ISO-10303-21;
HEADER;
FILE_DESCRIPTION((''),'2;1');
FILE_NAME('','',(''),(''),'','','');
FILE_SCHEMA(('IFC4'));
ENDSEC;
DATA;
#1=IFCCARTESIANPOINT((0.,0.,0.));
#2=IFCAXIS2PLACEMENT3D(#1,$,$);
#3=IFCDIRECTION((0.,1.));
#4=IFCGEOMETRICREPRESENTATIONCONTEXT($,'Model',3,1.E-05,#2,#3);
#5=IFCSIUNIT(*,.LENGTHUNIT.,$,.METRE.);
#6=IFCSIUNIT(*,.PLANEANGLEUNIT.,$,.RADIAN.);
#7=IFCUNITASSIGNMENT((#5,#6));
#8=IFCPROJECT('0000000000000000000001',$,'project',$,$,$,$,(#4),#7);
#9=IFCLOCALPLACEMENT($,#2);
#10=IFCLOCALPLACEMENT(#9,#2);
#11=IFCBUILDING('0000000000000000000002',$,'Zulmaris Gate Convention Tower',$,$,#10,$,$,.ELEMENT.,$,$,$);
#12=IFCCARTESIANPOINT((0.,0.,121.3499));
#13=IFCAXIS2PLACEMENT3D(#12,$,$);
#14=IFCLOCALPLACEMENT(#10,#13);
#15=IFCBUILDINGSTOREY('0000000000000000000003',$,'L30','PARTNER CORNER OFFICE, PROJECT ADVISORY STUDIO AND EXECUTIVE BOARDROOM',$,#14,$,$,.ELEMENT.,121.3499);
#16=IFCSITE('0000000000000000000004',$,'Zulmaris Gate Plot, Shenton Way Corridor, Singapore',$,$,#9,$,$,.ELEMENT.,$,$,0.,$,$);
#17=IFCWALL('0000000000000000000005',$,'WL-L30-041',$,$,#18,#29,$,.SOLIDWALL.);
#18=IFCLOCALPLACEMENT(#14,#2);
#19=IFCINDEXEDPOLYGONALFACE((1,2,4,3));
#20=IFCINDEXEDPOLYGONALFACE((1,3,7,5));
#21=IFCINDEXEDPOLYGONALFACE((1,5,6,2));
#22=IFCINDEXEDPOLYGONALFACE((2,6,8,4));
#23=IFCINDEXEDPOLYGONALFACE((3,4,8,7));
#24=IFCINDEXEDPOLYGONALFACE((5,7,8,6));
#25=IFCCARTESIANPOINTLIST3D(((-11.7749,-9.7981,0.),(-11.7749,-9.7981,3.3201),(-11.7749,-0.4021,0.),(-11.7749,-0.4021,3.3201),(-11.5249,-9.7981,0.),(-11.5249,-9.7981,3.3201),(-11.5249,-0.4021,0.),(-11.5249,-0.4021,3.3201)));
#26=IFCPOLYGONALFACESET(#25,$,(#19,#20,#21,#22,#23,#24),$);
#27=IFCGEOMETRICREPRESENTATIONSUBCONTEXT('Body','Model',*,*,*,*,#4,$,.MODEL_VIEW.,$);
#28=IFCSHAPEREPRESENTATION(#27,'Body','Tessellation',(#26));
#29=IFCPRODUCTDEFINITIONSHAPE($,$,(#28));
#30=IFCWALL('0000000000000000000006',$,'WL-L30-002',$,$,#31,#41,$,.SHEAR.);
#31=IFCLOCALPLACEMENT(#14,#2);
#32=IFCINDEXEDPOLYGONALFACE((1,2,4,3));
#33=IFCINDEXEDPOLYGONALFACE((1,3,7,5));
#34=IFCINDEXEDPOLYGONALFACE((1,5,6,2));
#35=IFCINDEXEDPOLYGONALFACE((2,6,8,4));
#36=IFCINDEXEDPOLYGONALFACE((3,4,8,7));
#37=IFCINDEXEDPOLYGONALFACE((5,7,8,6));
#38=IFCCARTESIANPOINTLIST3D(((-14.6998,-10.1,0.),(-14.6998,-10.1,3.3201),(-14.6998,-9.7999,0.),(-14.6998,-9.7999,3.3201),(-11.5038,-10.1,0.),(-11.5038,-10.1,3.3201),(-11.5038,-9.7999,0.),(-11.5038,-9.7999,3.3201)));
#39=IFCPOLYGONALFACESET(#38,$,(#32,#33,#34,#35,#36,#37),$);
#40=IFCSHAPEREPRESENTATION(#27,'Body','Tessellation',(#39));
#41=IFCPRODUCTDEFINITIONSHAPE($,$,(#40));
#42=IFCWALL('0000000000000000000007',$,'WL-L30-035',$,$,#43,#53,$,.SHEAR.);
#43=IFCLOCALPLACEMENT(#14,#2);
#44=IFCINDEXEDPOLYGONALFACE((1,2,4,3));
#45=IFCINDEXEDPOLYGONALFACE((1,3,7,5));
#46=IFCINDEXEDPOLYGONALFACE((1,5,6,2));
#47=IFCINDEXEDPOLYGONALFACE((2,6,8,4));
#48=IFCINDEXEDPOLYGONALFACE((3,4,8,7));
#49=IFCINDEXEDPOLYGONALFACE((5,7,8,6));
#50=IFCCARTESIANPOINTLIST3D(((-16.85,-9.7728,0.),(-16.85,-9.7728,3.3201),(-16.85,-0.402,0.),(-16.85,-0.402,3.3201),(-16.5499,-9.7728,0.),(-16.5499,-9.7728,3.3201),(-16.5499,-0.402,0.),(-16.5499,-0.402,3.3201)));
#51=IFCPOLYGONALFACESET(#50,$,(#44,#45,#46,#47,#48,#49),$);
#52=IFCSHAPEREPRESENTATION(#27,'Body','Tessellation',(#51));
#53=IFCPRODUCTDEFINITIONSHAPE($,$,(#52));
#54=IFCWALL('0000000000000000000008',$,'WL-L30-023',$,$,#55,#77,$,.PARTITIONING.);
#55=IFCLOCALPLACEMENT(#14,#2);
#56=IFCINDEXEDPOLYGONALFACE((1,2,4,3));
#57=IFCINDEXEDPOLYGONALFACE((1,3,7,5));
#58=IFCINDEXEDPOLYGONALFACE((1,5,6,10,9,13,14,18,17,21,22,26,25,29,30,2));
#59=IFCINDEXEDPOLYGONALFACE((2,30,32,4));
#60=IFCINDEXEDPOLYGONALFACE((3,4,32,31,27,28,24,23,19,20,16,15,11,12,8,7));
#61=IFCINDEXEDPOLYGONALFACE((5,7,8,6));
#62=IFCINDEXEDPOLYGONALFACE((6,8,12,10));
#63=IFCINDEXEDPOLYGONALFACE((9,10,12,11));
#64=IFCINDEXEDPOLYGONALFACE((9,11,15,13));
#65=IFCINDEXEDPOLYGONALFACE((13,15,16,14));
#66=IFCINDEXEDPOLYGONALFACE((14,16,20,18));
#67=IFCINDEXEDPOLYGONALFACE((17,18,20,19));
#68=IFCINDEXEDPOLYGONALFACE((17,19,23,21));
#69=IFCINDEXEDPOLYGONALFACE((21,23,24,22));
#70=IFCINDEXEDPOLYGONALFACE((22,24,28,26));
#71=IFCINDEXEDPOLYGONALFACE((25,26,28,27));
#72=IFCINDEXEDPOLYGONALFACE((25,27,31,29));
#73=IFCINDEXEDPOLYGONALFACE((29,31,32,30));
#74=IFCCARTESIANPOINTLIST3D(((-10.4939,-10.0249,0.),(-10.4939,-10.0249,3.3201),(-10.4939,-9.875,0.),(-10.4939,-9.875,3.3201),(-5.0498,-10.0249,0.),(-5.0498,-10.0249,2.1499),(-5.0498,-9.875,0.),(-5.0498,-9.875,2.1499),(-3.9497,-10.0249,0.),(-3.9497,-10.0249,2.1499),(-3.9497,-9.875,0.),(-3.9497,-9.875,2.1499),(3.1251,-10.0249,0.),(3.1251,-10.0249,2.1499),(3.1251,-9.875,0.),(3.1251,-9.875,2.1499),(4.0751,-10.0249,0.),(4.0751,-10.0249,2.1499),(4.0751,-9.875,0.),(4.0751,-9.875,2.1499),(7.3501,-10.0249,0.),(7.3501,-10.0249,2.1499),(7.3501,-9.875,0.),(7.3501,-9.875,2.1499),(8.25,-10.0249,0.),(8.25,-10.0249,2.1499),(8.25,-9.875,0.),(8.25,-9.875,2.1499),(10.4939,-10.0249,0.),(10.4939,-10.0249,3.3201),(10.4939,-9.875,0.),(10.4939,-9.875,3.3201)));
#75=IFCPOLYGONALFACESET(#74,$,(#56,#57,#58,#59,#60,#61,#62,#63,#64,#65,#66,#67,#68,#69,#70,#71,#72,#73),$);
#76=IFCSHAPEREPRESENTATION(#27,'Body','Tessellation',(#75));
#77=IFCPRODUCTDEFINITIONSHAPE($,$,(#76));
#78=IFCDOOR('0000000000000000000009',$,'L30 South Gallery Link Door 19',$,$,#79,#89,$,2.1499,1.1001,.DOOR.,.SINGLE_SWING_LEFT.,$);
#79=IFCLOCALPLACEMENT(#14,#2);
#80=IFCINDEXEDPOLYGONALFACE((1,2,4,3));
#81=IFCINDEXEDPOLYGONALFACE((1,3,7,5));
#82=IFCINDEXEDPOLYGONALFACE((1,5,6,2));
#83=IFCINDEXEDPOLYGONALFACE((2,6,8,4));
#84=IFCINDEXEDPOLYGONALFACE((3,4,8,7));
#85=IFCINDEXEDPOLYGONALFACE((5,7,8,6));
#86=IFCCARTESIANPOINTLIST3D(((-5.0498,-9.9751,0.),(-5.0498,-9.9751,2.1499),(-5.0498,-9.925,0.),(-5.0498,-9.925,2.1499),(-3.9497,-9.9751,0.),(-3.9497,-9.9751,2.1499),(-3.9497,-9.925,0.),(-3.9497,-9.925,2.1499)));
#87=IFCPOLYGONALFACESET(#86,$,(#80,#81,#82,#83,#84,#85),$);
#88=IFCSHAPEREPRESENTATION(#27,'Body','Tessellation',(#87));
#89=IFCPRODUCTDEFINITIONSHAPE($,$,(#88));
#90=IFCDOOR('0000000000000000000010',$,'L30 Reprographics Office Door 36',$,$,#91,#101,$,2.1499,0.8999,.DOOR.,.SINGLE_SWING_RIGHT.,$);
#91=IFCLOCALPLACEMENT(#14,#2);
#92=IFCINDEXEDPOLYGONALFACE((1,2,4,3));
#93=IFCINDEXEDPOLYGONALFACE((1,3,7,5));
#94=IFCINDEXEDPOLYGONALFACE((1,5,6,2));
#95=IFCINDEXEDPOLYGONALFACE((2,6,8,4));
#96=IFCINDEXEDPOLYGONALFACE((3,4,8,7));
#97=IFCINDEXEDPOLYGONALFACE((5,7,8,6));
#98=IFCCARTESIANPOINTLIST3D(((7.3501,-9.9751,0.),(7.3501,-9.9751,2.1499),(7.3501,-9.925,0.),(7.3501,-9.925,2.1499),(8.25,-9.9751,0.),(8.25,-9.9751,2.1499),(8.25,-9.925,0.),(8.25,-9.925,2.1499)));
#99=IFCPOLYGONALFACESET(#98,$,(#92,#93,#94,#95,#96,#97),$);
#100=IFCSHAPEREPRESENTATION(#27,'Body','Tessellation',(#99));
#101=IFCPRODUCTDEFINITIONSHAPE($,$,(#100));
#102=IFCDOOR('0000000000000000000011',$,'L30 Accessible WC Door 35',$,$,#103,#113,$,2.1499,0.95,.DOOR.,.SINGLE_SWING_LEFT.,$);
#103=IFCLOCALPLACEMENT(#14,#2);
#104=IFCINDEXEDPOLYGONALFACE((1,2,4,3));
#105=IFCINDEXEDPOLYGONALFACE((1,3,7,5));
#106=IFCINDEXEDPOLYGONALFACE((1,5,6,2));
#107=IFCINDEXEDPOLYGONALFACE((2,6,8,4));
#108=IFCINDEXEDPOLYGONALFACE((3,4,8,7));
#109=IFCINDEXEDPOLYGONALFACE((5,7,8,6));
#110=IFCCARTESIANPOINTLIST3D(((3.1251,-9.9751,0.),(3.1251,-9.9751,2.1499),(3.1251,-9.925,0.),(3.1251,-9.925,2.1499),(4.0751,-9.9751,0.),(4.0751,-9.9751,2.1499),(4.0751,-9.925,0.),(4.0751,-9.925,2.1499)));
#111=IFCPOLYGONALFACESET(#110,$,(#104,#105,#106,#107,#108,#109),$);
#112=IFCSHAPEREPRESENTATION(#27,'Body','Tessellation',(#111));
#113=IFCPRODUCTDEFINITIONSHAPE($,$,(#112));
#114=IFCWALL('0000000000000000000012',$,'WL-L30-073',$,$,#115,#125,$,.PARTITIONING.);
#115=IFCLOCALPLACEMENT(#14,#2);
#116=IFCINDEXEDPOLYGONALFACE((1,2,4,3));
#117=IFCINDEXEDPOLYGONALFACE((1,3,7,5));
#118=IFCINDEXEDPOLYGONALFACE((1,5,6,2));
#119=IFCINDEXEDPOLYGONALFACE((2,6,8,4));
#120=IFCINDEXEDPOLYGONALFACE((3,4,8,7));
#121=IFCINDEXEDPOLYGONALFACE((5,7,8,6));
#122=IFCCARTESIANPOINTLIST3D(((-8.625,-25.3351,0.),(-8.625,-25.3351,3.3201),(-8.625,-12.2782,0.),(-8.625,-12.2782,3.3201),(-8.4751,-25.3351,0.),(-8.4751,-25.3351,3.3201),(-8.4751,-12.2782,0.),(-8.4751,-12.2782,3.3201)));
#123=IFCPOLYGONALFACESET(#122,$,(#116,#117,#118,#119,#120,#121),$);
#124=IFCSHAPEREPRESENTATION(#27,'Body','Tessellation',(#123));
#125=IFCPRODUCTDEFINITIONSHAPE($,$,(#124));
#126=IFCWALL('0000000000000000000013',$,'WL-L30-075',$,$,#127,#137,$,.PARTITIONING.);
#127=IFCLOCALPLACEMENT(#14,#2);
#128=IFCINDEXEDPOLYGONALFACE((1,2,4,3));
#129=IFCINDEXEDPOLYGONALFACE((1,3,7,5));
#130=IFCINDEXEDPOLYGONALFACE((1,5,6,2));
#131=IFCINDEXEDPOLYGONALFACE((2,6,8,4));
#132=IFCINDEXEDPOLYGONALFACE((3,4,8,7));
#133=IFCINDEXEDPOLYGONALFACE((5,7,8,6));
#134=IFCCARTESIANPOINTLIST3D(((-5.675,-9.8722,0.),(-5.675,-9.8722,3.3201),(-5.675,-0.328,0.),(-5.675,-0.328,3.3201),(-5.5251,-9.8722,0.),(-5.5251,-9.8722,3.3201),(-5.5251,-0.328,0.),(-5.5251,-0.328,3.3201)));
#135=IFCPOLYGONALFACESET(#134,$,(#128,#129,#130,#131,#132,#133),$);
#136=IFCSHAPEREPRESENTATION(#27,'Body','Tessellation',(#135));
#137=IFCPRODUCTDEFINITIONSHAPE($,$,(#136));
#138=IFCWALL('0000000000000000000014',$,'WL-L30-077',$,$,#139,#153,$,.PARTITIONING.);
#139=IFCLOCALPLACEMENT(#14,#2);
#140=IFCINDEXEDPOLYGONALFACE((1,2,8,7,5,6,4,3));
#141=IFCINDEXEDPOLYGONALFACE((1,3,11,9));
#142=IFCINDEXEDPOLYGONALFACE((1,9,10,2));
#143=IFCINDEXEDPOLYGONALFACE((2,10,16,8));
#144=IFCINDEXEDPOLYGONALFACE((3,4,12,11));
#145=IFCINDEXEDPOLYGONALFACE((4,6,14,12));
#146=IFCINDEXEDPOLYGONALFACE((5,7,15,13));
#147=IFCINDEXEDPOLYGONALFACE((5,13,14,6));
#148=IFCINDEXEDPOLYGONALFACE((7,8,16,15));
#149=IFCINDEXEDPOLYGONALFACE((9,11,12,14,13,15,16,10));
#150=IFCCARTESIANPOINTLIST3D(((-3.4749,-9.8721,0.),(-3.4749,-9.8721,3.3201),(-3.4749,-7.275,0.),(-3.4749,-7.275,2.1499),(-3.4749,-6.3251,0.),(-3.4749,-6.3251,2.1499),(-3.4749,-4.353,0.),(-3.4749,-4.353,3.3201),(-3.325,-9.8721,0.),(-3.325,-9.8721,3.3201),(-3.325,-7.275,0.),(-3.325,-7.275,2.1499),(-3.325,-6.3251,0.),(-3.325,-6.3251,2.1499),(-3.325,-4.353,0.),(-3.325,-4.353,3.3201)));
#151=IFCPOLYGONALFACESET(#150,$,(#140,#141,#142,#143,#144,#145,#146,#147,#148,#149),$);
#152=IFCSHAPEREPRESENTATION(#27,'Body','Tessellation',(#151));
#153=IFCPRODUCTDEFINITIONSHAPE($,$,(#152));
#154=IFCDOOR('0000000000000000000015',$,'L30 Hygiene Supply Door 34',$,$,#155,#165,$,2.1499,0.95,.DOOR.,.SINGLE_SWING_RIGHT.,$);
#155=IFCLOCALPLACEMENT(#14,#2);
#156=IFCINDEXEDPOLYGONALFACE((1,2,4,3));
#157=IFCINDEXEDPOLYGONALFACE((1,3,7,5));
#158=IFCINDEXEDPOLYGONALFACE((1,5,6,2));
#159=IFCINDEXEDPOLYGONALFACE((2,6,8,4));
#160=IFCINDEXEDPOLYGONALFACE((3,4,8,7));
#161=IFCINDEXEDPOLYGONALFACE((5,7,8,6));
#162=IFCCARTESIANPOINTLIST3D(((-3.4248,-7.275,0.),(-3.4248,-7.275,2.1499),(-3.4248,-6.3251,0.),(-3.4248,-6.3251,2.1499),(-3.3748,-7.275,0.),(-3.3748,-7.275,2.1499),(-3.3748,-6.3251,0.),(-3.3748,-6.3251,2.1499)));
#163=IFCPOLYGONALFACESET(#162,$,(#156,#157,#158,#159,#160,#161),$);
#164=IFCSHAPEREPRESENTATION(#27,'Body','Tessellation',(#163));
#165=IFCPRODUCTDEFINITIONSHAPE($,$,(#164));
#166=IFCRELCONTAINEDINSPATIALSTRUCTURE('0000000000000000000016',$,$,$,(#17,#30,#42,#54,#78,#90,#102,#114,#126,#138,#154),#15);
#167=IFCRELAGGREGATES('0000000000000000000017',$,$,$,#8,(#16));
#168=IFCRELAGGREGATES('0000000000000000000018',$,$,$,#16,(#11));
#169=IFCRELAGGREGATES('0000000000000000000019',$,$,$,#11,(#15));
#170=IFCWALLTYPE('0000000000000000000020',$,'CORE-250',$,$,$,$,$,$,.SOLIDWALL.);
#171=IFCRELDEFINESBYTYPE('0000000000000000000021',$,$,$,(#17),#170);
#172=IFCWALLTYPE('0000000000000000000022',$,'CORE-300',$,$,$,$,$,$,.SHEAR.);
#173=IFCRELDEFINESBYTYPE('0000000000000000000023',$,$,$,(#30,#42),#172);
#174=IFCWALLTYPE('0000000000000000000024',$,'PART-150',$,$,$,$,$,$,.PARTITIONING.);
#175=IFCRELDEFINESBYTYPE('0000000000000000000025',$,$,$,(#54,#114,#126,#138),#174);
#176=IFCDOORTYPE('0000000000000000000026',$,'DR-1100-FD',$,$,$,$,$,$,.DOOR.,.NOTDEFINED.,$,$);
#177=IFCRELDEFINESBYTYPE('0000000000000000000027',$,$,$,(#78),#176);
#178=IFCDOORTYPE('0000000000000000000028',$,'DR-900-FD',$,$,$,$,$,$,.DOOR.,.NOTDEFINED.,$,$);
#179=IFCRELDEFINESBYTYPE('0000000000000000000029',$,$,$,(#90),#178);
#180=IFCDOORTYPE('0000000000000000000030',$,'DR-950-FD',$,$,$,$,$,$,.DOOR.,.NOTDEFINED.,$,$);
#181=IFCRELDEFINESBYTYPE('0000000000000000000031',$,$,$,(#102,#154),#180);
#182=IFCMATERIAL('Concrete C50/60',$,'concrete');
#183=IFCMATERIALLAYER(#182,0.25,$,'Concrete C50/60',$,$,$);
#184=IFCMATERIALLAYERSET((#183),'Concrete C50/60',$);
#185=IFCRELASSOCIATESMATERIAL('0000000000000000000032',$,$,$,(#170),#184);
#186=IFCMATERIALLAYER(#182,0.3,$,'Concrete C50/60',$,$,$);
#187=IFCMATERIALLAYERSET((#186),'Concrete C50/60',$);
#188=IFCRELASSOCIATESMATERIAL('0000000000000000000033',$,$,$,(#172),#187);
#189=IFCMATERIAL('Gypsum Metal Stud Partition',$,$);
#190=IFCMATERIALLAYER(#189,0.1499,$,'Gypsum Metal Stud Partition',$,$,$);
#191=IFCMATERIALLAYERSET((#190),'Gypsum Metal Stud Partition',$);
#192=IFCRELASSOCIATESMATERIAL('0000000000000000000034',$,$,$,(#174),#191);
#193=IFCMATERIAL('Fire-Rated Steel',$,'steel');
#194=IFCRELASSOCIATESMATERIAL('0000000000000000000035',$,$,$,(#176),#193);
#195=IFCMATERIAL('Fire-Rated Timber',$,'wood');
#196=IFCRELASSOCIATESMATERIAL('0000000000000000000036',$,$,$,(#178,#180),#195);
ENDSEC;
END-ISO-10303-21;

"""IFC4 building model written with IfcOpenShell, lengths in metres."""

from ifc_helpers import new_model, si_unit, direction, frame, frame_2d, origin, place, context, subcontext, project, spatial, rectangle, extrude, material, layer, layer_set, type_object, element, fill, save


model = new_model("IFC4")

# Units and contexts
model_context = context("Model", 3, precision=1e-05, world=origin(), true_north=direction((0.0, 1.0)))
body_context = subcontext(model_context, "Body", "Model", "MODEL_VIEW")
ifc_project = project(units=[si_unit("LENGTHUNIT", "METRE"), si_unit("PLANEANGLEUNIT", "RADIAN")], contexts=[model_context])

# Site, building, storey
site_placement = place(None, origin())
site = spatial("IfcSite", under=ifc_project, at=site_placement, Name="Zulmaris Gate Plot, Shenton Way Corridor, Singapore", CompositionType="ELEMENT", RefElevation=0.0)
building_placement = place(site_placement, origin())
building = spatial("IfcBuilding", under=site, at=building_placement, Name="Zulmaris Gate Convention Tower", CompositionType="ELEMENT")
storey_placement = place(building_placement, frame((0.0, 0.0, 121.3499)))
storey = spatial("IfcBuildingStorey", under=building, at=storey_placement, Name="L30", Description="PARTNER CORNER OFFICE, PROJECT ADVISORY STUDIO AND EXECUTIVE BOARDROOM", CompositionType="ELEMENT", Elevation=121.3499)

# Walls
ifc_material_1 = material(Name="Concrete C50/60", Category="concrete")
ifc_layer_1 = layer(ifc_material_1, 0.25, Name="Concrete C50/60")
ifc_layer_set_1 = layer_set([ifc_layer_1], Name="Concrete C50/60")
wall_type_1 = type_object("IfcWallType", Name="CORE-250", PredefinedType="SOLIDWALL", material=ifc_layer_set_1)
wall_1_placement = place(storey_placement, frame((-11.6499, -9.7981, 0.0), z_axis=(0.0, 0.0, 1.0), x_axis=(0.0, 1.0, 0.0)))
element("IfcWall", 1, at=wall_1_placement, inside=storey, type_object=wall_type_1, Name="WL-L30-041", PredefinedType="SOLIDWALL", context=body_context, shape_type="SweptSolid", body=[
    extrude(rectangle(XDim=9.396, YDim=0.25, at=frame_2d((4.698, 0.0))), origin(), (0.0, 0.0, 1.0), 3.3201),
])
ifc_layer_2 = layer(ifc_material_1, 0.3, Name="Concrete C50/60")
ifc_layer_set_2 = layer_set([ifc_layer_2], Name="Concrete C50/60")
wall_type_2 = type_object("IfcWallType", Name="CORE-300", PredefinedType="SHEAR", material=ifc_layer_set_2)
wall_2_placement = place(storey_placement, frame((-14.7, -9.95, 0.0), z_axis=(0.0, 0.0, 1.0), x_axis=(1.0, 0.0, 0.0)))
element("IfcWall", 2, at=wall_2_placement, inside=storey, type_object=wall_type_2, Name="WL-L30-002", PredefinedType="SHEAR", context=body_context, shape_type="SweptSolid", body=[
    extrude(rectangle(XDim=3.196, YDim=0.3, at=frame_2d((1.5981, 0.0))), origin(), (0.0, 0.0, 1.0), 3.3201),
])
wall_3_placement = place(storey_placement, frame((-16.7, -9.7729, 0.0), z_axis=(0.0, 0.0, 1.0), x_axis=(0.0, 1.0, 0.0)))
element("IfcWall", 3, at=wall_3_placement, inside=storey, type_object=wall_type_2, Name="WL-L30-035", PredefinedType="SHEAR", context=body_context, shape_type="SweptSolid", body=[
    extrude(rectangle(XDim=9.3708, YDim=0.3, at=frame_2d((4.6855, 0.0))), origin(), (0.0, 0.0, 1.0), 3.3201),
])

# Wall, openings, doors
ifc_material_2 = material(Name="Gypsum Metal Stud Partition")
ifc_layer_3 = layer(ifc_material_2, 0.1499, Name="Gypsum Metal Stud Partition")
ifc_layer_set_3 = layer_set([ifc_layer_3], Name="Gypsum Metal Stud Partition")
wall_type_3 = type_object("IfcWallType", Name="PART-150", PredefinedType="PARTITIONING", material=ifc_layer_set_3)
wall_4_placement = place(storey_placement, frame((-10.4939, -9.95, 0.0), z_axis=(0.0, 0.0, 1.0), x_axis=(1.0, 0.0, 0.0)))
wall_4 = element("IfcWall", 4, at=wall_4_placement, inside=storey, type_object=wall_type_3, Name="WL-L30-023", PredefinedType="PARTITIONING", context=body_context, shape_type="SweptSolid", body=[
    extrude(rectangle(XDim=20.9878, YDim=0.1499, at=frame_2d((10.4939, 0.0))), origin(), (0.0, 0.0, 1.0), 3.3201),
])
opening_1_placement = place(wall_4_placement, frame((5.4441, 0.0, 0.0)))
opening_1 = element("IfcOpeningElement", 5, at=opening_1_placement, cuts=wall_4, PredefinedType="OPENING", context=body_context, shape_type="SweptSolid", body=[
    extrude(rectangle(XDim=1.1001, YDim=2.1499, at=frame_2d((0.55, 1.075))), frame((0.0, 0.085, 0.0), z_axis=(0.0, -1.0, 0.0), x_axis=(1.0, 0.0, 0.0)), (0.0, 0.0, 1.0), 0.1699),
])
opening_2_placement = place(wall_4_placement, frame((13.6189, 0.0, 0.0)))
opening_2 = element("IfcOpeningElement", 6, at=opening_2_placement, cuts=wall_4, PredefinedType="OPENING", context=body_context, shape_type="SweptSolid", body=[
    extrude(rectangle(XDim=0.95, YDim=2.1499, at=frame_2d((0.4751, 1.075))), frame((0.0, 0.085, 0.0), z_axis=(0.0, -1.0, 0.0), x_axis=(1.0, 0.0, 0.0)), (0.0, 0.0, 1.0), 0.1699),
])
opening_3_placement = place(wall_4_placement, frame((17.844, 0.0, 0.0)))
opening_3 = element("IfcOpeningElement", 7, at=opening_3_placement, cuts=wall_4, PredefinedType="OPENING", context=body_context, shape_type="SweptSolid", body=[
    extrude(rectangle(XDim=0.8999, YDim=2.1499, at=frame_2d((0.45, 1.075))), frame((0.0, 0.085, 0.0), z_axis=(0.0, -1.0, 0.0), x_axis=(1.0, 0.0, 0.0)), (0.0, 0.0, 1.0), 0.1699),
])
ifc_material_3 = material(Name="Fire-Rated Steel", Category="steel")
door_type_1 = type_object("IfcDoorType", Name="DR-1100-FD", OperationType="NOTDEFINED", PredefinedType="DOOR", material=ifc_material_3)
door_1_placement = place(opening_1_placement, origin())
door_1 = element("IfcDoor", 8, at=door_1_placement, inside=storey, type_object=door_type_1, Name="L30 South Gallery Link Door 19", OperationType="SINGLE_SWING_LEFT", OverallHeight=2.1499, OverallWidth=1.1001, PredefinedType="DOOR", context=body_context, shape_type="SweptSolid", body=[
    extrude(rectangle(XDim=1.1001, YDim=2.1499, at=frame_2d((0.55, 1.075))), frame((0.0, 0.0249, 0.0), z_axis=(0.0, -1.0, 0.0), x_axis=(1.0, 0.0, 0.0)), (0.0, 0.0, 1.0), 0.05),
])
fill(opening_1, door_1)
ifc_material_4 = material(Name="Fire-Rated Timber", Category="wood")
door_type_2 = type_object("IfcDoorType", Name="DR-900-FD", OperationType="NOTDEFINED", PredefinedType="DOOR", material=ifc_material_4)
door_2_placement = place(opening_3_placement, origin())
door_2 = element("IfcDoor", 9, at=door_2_placement, inside=storey, type_object=door_type_2, Name="L30 Reprographics Office Door 36", OperationType="SINGLE_SWING_RIGHT", OverallHeight=2.1499, OverallWidth=0.8999, PredefinedType="DOOR", context=body_context, shape_type="SweptSolid", body=[
    extrude(rectangle(XDim=0.8999, YDim=2.1499, at=frame_2d((0.45, 1.075))), frame((0.0, 0.0249, 0.0), z_axis=(0.0, -1.0, 0.0), x_axis=(1.0, 0.0, 0.0)), (0.0, 0.0, 1.0), 0.05),
])
fill(opening_3, door_2)
door_type_3 = type_object("IfcDoorType", Name="DR-950-FD", OperationType="NOTDEFINED", PredefinedType="DOOR", material=ifc_material_4)
door_3_placement = place(opening_2_placement, origin())
door_3 = element("IfcDoor", 10, at=door_3_placement, inside=storey, type_object=door_type_3, Name="L30 Accessible WC Door 35", OperationType="SINGLE_SWING_LEFT", OverallHeight=2.1499, OverallWidth=0.95, PredefinedType="DOOR", context=body_context, shape_type="SweptSolid", body=[
    extrude(rectangle(XDim=0.95, YDim=2.1499, at=frame_2d((0.4751, 1.075))), frame((0.0, 0.0249, 0.0), z_axis=(0.0, -1.0, 0.0), x_axis=(1.0, 0.0, 0.0)), (0.0, 0.0, 1.0), 0.05),
])
fill(opening_2, door_3)

# Walls
wall_5_placement = place(storey_placement, frame((-8.55, -25.335, 0.0), z_axis=(0.0, 0.0, 1.0), x_axis=(0.0, 1.0, 0.0)))
element("IfcWall", 11, at=wall_5_placement, inside=storey, type_object=wall_type_3, Name="WL-L30-073", PredefinedType="PARTITIONING", context=body_context, shape_type="SweptSolid", body=[
    extrude(rectangle(XDim=13.0569, YDim=0.1499, at=frame_2d((6.5283, 0.0))), origin(), (0.0, 0.0, 1.0), 3.3201),
])
wall_6_placement = place(storey_placement, frame((-5.6001, -9.8721, 0.0), z_axis=(0.0, 0.0, 1.0), x_axis=(0.0, 1.0, 0.0)))
element("IfcWall", 12, at=wall_6_placement, inside=storey, type_object=wall_type_3, Name="WL-L30-075", PredefinedType="PARTITIONING", context=body_context, shape_type="SweptSolid", body=[
    extrude(rectangle(XDim=9.5442, YDim=0.1499, at=frame_2d((4.772, 0.0))), origin(), (0.0, 0.0, 1.0), 3.3201),
])

# Wall, opening, door
wall_7_placement = place(storey_placement, frame((-3.3999, -9.8721, 0.0), z_axis=(0.0, 0.0, 1.0), x_axis=(0.0, 1.0, 0.0)))
wall_7 = element("IfcWall", 13, at=wall_7_placement, inside=storey, type_object=wall_type_3, Name="WL-L30-077", PredefinedType="PARTITIONING", context=body_context, shape_type="SweptSolid", body=[
    extrude(rectangle(XDim=5.519, YDim=0.1499, at=frame_2d((2.7595, 0.0))), origin(), (0.0, 0.0, 1.0), 3.3201),
])
opening_4_placement = place(wall_7_placement, frame((2.5969, 0.0, 0.0)))
opening_4 = element("IfcOpeningElement", 14, at=opening_4_placement, cuts=wall_7, PredefinedType="OPENING", context=body_context, shape_type="SweptSolid", body=[
    extrude(rectangle(XDim=0.95, YDim=2.1499, at=frame_2d((0.4751, 1.075))), frame((0.0, 0.085, 0.0), z_axis=(0.0, -1.0, 0.0), x_axis=(1.0, 0.0, 0.0)), (0.0, 0.0, 1.0), 0.1699),
])
door_4_placement = place(opening_4_placement, origin())
door_4 = element("IfcDoor", 15, at=door_4_placement, inside=storey, type_object=door_type_3, Name="L30 Hygiene Supply Door 34", OperationType="SINGLE_SWING_RIGHT", OverallHeight=2.1499, OverallWidth=0.95, PredefinedType="DOOR", context=body_context, shape_type="SweptSolid", body=[
    extrude(rectangle(XDim=0.95, YDim=2.1499, at=frame_2d((0.4751, 1.075))), frame((0.0, 0.0249, 0.0), z_axis=(0.0, -1.0, 0.0), x_axis=(1.0, 0.0, 0.0)), (0.0, 0.0, 1.0), 0.05),
])
fill(opening_4, door_4)

save(model, "model.ifc")
